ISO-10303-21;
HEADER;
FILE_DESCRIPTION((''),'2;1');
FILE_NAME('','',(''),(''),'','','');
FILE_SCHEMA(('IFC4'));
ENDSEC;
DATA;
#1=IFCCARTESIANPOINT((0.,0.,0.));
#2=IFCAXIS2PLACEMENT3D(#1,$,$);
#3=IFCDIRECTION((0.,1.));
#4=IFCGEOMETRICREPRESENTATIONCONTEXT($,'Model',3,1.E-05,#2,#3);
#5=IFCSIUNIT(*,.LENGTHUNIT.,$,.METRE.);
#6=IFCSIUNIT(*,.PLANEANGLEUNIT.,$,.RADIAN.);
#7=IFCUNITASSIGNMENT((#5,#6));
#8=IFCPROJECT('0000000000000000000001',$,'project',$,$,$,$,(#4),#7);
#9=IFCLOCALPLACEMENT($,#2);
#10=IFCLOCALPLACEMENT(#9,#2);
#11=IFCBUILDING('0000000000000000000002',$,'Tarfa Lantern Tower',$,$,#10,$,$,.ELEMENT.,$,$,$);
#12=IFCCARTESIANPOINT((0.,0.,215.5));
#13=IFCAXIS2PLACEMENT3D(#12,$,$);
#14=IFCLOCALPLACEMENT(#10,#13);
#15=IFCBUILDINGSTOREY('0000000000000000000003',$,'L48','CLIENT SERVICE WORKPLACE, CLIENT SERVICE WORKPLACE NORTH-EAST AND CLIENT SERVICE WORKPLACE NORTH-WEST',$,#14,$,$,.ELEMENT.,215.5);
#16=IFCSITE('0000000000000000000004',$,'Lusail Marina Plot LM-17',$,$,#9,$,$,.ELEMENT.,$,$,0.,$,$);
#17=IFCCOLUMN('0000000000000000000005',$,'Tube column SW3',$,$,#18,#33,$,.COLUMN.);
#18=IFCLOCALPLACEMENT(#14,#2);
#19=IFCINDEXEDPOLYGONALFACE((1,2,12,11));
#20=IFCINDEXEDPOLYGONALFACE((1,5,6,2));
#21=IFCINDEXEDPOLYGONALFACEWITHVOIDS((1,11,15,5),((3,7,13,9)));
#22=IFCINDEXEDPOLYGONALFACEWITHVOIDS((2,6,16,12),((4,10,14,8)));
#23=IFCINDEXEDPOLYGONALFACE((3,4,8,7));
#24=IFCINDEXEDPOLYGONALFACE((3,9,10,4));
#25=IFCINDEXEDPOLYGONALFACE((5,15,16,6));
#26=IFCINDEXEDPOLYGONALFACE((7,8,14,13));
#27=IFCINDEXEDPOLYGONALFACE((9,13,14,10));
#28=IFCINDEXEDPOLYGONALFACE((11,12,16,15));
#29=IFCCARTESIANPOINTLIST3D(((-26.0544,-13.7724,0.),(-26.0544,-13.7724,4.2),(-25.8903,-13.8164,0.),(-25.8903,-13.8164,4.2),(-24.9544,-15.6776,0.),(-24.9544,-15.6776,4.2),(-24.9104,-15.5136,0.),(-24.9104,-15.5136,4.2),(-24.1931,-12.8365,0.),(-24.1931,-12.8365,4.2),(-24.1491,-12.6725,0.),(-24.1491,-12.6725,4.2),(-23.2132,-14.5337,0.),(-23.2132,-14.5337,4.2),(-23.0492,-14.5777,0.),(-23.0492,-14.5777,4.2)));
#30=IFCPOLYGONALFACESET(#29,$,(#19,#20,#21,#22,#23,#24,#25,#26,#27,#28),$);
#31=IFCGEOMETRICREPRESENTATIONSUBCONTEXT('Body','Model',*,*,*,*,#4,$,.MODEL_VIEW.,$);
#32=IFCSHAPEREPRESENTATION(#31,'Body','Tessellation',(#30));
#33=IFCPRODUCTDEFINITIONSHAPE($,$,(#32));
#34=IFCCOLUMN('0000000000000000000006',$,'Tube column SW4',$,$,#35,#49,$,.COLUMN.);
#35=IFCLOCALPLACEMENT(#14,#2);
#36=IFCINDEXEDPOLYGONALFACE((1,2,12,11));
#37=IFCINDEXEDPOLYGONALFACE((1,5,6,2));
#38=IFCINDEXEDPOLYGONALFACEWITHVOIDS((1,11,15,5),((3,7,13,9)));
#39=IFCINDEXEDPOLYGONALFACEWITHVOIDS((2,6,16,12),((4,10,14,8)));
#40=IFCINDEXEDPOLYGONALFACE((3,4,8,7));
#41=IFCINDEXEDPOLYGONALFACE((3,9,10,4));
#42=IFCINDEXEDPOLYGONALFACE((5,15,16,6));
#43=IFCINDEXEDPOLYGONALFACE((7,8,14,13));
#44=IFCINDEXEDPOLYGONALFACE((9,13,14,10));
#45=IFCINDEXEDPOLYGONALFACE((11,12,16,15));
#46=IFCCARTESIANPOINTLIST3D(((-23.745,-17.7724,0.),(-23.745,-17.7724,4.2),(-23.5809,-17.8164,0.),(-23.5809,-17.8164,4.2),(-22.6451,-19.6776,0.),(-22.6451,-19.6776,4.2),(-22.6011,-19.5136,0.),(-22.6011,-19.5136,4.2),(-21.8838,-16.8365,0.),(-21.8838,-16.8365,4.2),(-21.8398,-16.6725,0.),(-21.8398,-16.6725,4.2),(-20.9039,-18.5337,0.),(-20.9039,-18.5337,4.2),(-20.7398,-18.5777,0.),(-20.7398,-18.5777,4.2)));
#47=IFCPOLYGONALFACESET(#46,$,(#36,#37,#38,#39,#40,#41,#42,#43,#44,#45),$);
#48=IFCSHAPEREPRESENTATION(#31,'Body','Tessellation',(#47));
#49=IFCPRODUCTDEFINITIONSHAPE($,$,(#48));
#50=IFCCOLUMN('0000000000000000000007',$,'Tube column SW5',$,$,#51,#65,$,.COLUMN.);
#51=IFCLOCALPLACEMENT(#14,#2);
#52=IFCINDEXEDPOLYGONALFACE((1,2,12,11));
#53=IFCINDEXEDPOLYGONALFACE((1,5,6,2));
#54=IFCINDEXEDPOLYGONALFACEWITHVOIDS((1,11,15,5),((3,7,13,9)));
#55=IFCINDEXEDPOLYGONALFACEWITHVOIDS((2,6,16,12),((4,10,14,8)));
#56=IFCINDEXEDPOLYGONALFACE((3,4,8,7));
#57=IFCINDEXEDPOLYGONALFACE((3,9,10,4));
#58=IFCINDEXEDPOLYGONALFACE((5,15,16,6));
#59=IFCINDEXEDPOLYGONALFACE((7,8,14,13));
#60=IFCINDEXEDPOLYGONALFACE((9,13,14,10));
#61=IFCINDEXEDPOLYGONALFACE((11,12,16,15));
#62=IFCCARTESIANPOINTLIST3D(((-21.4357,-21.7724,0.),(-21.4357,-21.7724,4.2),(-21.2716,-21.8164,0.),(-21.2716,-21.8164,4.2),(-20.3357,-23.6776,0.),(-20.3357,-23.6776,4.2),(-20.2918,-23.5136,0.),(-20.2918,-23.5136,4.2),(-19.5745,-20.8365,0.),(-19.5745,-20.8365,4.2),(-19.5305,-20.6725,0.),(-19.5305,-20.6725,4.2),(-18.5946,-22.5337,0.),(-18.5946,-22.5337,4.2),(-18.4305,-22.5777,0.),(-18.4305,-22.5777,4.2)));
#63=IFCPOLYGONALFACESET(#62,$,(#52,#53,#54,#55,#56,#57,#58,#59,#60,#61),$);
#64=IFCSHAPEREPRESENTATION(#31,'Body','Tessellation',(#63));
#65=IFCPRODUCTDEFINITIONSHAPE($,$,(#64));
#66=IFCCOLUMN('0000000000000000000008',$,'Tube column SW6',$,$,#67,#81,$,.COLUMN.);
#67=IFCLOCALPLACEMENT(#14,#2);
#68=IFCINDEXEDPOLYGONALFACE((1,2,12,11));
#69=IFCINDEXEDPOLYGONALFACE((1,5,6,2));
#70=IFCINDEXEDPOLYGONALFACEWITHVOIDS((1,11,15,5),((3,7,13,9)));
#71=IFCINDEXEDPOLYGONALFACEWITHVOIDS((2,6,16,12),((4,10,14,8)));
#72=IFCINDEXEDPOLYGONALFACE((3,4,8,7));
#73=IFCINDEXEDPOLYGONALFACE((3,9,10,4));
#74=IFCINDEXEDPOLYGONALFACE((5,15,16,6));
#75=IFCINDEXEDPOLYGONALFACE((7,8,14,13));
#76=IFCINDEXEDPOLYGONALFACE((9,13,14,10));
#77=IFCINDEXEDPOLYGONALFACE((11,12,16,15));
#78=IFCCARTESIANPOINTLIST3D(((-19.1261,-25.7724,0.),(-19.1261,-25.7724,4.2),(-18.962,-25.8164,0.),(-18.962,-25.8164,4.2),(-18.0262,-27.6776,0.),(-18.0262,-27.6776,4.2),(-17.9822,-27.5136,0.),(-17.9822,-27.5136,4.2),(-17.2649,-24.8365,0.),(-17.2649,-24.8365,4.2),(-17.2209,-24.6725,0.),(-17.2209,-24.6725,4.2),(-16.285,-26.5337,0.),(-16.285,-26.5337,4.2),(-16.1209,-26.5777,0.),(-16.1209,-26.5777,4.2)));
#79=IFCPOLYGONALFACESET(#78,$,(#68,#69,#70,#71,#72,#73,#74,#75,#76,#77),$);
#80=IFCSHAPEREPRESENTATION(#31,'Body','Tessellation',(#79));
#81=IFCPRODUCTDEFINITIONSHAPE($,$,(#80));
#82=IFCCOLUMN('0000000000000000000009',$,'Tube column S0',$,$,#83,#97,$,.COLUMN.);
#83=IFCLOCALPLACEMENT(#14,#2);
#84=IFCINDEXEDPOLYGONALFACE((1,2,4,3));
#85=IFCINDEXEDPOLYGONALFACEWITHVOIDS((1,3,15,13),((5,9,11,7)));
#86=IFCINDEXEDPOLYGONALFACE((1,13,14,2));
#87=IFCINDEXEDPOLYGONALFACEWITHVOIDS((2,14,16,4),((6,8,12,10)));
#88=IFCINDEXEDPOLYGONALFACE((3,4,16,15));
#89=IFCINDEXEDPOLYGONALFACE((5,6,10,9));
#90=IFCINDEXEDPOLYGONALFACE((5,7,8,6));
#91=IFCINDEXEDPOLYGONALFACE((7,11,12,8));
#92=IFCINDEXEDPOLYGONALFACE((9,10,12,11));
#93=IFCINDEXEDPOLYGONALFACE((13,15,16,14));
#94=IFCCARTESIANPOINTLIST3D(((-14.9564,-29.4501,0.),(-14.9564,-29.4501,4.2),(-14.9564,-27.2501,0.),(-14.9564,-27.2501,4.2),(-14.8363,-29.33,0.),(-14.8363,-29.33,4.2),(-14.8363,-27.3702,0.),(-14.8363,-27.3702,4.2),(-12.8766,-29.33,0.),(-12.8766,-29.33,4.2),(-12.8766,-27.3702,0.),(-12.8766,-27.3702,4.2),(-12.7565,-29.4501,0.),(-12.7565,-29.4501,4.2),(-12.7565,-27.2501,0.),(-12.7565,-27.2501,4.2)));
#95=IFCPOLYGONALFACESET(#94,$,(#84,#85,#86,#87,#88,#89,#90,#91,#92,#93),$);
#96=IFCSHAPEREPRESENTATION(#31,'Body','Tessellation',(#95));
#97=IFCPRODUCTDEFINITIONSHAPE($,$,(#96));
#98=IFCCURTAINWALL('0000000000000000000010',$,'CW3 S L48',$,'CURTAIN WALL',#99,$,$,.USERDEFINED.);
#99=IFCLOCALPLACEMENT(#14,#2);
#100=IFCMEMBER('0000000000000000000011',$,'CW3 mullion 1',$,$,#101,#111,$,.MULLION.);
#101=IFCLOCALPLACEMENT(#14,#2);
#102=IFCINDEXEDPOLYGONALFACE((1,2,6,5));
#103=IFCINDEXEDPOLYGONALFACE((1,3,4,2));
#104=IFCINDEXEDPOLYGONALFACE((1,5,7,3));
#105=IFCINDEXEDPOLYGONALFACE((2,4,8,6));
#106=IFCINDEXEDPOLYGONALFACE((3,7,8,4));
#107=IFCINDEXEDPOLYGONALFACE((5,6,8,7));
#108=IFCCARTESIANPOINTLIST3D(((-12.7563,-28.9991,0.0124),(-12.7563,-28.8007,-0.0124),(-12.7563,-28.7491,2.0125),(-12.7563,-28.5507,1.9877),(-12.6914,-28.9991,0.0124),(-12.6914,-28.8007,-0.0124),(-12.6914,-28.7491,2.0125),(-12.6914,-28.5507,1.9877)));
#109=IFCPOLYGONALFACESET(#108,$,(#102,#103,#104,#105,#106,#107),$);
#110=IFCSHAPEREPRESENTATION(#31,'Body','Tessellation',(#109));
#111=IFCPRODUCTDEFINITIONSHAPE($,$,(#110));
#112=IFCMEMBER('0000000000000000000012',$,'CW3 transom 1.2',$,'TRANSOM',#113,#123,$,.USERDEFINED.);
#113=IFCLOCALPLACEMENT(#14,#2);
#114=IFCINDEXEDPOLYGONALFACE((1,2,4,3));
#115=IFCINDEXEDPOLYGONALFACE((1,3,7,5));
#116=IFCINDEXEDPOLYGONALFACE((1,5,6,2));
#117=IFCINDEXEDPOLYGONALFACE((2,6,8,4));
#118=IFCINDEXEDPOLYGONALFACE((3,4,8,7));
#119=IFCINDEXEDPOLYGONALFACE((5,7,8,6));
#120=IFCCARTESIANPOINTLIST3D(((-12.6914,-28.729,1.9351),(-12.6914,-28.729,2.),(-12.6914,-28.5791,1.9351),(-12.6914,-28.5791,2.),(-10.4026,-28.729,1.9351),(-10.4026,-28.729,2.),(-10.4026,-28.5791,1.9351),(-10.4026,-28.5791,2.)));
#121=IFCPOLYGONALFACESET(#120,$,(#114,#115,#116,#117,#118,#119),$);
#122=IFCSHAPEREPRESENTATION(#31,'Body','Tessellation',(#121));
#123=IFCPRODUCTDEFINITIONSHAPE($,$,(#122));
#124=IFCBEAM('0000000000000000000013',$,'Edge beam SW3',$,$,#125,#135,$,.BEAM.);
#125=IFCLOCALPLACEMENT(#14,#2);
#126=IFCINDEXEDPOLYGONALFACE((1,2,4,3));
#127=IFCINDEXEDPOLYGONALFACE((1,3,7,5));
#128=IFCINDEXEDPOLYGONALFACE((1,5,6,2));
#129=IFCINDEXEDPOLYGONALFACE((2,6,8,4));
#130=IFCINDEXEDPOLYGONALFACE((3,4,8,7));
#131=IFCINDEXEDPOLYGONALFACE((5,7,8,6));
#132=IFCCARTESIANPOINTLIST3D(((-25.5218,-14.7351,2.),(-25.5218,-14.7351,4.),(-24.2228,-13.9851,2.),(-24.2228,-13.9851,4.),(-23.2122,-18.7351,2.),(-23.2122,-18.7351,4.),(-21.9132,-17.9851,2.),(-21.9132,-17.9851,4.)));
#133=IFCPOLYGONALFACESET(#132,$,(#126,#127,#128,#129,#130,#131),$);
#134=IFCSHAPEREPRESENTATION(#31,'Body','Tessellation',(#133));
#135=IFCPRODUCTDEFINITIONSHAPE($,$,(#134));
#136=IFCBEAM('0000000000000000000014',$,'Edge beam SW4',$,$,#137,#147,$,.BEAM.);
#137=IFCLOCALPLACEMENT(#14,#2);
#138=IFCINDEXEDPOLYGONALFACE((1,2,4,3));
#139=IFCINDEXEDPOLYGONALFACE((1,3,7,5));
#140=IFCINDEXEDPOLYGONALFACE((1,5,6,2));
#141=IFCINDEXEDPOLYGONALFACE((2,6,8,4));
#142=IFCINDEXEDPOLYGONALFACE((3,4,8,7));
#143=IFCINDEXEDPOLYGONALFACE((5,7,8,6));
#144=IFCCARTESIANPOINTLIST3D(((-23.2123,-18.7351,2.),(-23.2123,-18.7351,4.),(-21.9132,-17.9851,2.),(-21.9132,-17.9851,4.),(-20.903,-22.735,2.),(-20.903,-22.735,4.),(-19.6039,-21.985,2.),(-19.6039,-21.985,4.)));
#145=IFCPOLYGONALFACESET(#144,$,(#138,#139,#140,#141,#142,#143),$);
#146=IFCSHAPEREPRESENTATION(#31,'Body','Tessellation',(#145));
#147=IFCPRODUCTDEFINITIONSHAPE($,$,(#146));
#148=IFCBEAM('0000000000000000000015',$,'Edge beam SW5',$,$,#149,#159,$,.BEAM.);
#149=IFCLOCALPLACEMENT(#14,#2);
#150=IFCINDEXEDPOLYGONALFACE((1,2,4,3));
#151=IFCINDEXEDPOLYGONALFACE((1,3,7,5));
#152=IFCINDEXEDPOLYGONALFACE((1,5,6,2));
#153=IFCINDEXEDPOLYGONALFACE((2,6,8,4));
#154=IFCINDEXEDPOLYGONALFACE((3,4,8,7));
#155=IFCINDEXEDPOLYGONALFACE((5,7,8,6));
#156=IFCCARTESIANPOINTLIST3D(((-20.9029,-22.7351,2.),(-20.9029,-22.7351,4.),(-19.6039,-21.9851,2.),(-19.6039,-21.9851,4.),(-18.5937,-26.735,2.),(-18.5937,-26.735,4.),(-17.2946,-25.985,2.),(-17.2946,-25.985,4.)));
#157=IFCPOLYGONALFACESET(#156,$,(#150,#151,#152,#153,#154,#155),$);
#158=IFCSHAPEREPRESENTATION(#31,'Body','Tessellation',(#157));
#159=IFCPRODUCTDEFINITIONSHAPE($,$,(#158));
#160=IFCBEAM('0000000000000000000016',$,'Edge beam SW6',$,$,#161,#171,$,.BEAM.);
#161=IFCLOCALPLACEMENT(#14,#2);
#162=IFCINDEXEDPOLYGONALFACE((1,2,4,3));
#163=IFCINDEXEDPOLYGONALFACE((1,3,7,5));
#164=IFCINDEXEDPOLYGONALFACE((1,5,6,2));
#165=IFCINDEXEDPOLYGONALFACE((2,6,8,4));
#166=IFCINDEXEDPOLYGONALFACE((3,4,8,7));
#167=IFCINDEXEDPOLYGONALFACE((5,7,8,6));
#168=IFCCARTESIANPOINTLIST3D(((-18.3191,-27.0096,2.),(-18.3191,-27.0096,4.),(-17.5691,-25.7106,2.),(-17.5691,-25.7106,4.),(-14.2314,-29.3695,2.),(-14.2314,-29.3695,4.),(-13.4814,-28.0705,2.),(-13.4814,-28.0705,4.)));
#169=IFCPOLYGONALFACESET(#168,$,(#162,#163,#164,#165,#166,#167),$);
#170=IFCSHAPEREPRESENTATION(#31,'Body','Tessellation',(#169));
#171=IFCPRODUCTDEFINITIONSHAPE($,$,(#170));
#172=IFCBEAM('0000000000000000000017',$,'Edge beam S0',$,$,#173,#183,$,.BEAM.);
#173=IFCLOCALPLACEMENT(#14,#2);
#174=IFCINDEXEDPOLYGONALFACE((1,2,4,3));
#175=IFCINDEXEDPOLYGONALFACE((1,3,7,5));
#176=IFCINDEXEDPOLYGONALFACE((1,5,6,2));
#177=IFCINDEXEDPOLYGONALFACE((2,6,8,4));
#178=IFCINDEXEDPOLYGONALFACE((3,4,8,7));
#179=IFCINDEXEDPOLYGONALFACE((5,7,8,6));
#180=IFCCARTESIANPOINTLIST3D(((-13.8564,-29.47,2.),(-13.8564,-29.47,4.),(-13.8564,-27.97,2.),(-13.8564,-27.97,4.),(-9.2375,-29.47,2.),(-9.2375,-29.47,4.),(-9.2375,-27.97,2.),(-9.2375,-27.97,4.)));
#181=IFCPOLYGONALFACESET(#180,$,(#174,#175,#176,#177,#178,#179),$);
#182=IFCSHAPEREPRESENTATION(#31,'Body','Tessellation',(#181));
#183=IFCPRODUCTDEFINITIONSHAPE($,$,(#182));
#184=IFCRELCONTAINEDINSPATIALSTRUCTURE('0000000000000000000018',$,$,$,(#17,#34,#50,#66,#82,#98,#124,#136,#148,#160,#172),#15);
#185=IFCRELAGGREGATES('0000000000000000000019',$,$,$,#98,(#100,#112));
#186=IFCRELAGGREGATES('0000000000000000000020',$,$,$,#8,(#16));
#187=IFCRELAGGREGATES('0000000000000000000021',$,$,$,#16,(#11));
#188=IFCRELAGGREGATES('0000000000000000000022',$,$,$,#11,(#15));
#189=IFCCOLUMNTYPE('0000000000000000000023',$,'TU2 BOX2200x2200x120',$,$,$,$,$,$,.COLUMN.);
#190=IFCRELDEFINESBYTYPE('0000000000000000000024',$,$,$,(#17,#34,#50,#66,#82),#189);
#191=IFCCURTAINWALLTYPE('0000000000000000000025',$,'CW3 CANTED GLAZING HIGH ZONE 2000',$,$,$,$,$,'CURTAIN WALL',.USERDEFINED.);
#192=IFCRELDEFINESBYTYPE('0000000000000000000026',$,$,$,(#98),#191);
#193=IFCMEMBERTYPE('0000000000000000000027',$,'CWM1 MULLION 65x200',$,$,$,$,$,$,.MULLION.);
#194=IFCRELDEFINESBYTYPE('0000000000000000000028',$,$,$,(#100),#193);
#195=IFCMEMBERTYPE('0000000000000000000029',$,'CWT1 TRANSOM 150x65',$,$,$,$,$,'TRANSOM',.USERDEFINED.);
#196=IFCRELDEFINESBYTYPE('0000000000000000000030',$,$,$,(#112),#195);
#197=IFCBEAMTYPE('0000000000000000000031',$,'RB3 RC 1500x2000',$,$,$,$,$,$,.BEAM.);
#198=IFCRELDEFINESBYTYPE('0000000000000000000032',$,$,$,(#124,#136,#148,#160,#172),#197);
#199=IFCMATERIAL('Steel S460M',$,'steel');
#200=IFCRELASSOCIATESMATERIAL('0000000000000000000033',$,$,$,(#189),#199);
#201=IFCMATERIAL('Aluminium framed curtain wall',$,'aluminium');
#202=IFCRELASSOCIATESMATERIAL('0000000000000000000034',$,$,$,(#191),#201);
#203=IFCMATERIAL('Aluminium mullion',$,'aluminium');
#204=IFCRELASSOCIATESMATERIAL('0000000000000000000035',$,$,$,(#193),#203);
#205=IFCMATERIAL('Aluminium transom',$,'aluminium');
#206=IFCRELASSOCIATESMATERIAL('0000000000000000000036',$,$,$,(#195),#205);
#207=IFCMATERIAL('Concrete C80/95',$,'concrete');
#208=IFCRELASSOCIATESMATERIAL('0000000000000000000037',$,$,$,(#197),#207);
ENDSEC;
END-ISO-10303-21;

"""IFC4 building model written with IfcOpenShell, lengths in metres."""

from ifc_helpers import new_model, si_unit, direction, frame, origin, origin_2d, place, context, subcontext, project, spatial, rectangle, hollow_rectangle, extrude, material, material_profile, profile_set, type_object, element, aggregate, save


model = new_model("IFC4")

# Units and contexts
model_context = context("Model", 3, precision=1e-05, world=origin(), true_north=direction((0.0, 1.0)))
body_context = subcontext(model_context, "Body", "Model", "MODEL_VIEW")
ifc_project = project(units=[si_unit("LENGTHUNIT", "METRE"), si_unit("PLANEANGLEUNIT", "RADIAN")], contexts=[model_context])

# Site, building, storey
site_placement = place(None, origin())
site = spatial("IfcSite", under=ifc_project, at=site_placement, Name="Lusail Marina Plot LM-17", CompositionType="ELEMENT", RefElevation=0.0)
building_placement = place(site_placement, origin())
building = spatial("IfcBuilding", under=site, at=building_placement, Name="Tarfa Lantern Tower", CompositionType="ELEMENT")
storey_placement = place(building_placement, frame((0.0, 0.0, 215.5)))
storey = spatial("IfcBuildingStorey", under=building, at=storey_placement, Name="L48", Description="CLIENT SERVICE WORKPLACE, CLIENT SERVICE WORKPLACE NORTH-EAST AND CLIENT SERVICE WORKPLACE NORTH-WEST", CompositionType="ELEMENT", Elevation=215.5)

# Columns
ifc_material_1 = material(Name="Steel S460M", Category="steel")
ifc_material_profile_1 = material_profile(ifc_material_1, hollow_rectangle(XDim=2.2, YDim=2.2, WallThickness=0.1201, at=origin_2d()), Name="BOX2200x2200x120")
ifc_profile_set_1 = profile_set([ifc_material_profile_1], Name="Steel S460M")
column_type = type_object("IfcColumnType", Name="TU2 BOX2200x2200x120", PredefinedType="COLUMN", material=ifc_profile_set_1)
for number, where, z_axis, x_axis, name in (
    (1, (-24.5518, -14.175, 0.0), (0.0, 0.0, 1.0), (0.5, -0.866025, 0.0), "Tube column SW3"),
    (2, (-22.2424, -18.175, 0.0), (0.0, 0.0, 1.0), (0.5, -0.866025, 0.0), "Tube column SW4"),
    (3, (-19.9331, -22.175, 0.0), (0.0, 0.0, 1.0), (0.5, -0.866025, 0.0), "Tube column SW5"),
    (4, (-17.6235, -26.175, 0.0), (0.0, 0.0, 1.0), (0.5, -0.866025, 0.0), "Tube column SW6"),
    (5, (-13.8564, -28.3501, 0.0), (0.0, 0.0, 1.0), (1.0, 0.0, 0.0), "Tube column S0"),
):
    element("IfcColumn", number, at=place(storey_placement, frame(where, z_axis=z_axis, x_axis=x_axis)), inside=storey, type_object=column_type, Name=name, PredefinedType="COLUMN", context=body_context, shape_type="SweptSolid", body=[
        extrude(hollow_rectangle(XDim=2.2, YDim=2.2, WallThickness=0.1201, at=origin_2d()), origin(), (0.0, 0.0, 1.0), 4.2),
    ])

# Curtain wall, members
ifc_material_2 = material(Name="Aluminium framed curtain wall", Category="aluminium")
curtain_wall_type = type_object("IfcCurtainWallType", Name="CW3 CANTED GLAZING HIGH ZONE 2000", ElementType="CURTAIN WALL", PredefinedType="USERDEFINED", material=ifc_material_2)
curtain_wall_placement = place(storey_placement, origin())
curtain_wall = element("IfcCurtainWall", 6, at=curtain_wall_placement, inside=storey, type_object=curtain_wall_type, Name="CW3 S L48", ObjectType="CURTAIN WALL", PredefinedType="USERDEFINED")
ifc_material_3 = material(Name="Aluminium mullion", Category="aluminium")
ifc_material_profile_2 = material_profile(ifc_material_3, rectangle(XDim=0.0649, YDim=0.2, at=origin_2d()), Name="AL MULLION 65x200")
ifc_profile_set_2 = profile_set([ifc_material_profile_2], Name="Aluminium mullion")
member_type_1 = type_object("IfcMemberType", Name="CWM1 MULLION 65x200", PredefinedType="MULLION", material=ifc_profile_set_2)
member_1_placement = place(storey_placement, frame((-12.7239, -28.8999, 0.0), z_axis=(0.0, 0.124035, 0.992278), x_axis=(-1.0, 0.0, 0.0)))
member_1 = element("IfcMember", 7, at=member_1_placement, type_object=member_type_1, Name="CW3 mullion 1", PredefinedType="MULLION", context=body_context, shape_type="SweptSolid", body=[
    extrude(rectangle(XDim=0.0649, YDim=0.2, at=origin_2d()), origin(), (0.0, 0.0, 1.0), 2.0156),
])
ifc_material_4 = material(Name="Aluminium transom", Category="aluminium")
ifc_material_profile_3 = material_profile(ifc_material_4, rectangle(XDim=0.1499, YDim=0.0649, at=origin_2d()), Name="AL TRANSOM 150x65")
ifc_profile_set_3 = profile_set([ifc_material_profile_3], Name="Aluminium transom")
member_type_2 = type_object("IfcMemberType", Name="CWT1 TRANSOM 150x65", ElementType="TRANSOM", PredefinedType="USERDEFINED", material=ifc_profile_set_3)
member_2_placement = place(storey_placement, frame((-12.6914, -28.6541, 1.9675), z_axis=(1.0, 0.0, 0.0), x_axis=(0.0, 1.0, 0.0)))
member_2 = element("IfcMember", 8, at=member_2_placement, type_object=member_type_2, Name="CW3 transom 1.2", ObjectType="TRANSOM", PredefinedType="USERDEFINED", context=body_context, shape_type="SweptSolid", body=[
    extrude(rectangle(XDim=0.1499, YDim=0.0649, at=origin_2d()), origin(), (0.0, 0.0, 1.0), 2.2888),
])

# Beams
ifc_material_5 = material(Name="Concrete C80/95", Category="concrete")
ifc_material_profile_4 = material_profile(ifc_material_5, rectangle(XDim=1.5, YDim=2.0, at=origin_2d()), Name="RC 1500x2000")
ifc_profile_set_4 = profile_set([ifc_material_profile_4], Name="Concrete C80/95")
beam_type_1 = type_object("IfcBeamType", Name="RB3 RC 1500x2000", PredefinedType="BEAM", material=ifc_profile_set_4)
beam_1_placement = place(storey_placement, frame((-24.8723, -14.3601, 3.0), z_axis=(0.500027, -0.86601, 0.0), x_axis=(0.86601, 0.500027, 0.0)))
element("IfcBeam", 9, at=beam_1_placement, inside=storey, type_object=beam_type_1, Name="Edge beam SW3", PredefinedType="BEAM", context=body_context, shape_type="SweptSolid", body=[
    extrude(rectangle(XDim=1.5, YDim=2.0, at=origin_2d()), origin(), (0.0, 0.0, 1.0), 4.6189),
])
for number, where, z_axis, x_axis, name in (
    (10, (-22.5627, -18.3601, 3.0), (0.499988, -0.866032, 0.0), (0.866032, 0.499988, 0.0), "Edge beam SW4"),
    (11, (-20.2534, -22.3601, 3.0), (0.499988, -0.866032, 0.0), (0.866032, 0.499988, 0.0), "Edge beam SW5"),
):
    element("IfcBeam", number, at=place(storey_placement, frame(where, z_axis=z_axis, x_axis=x_axis)), inside=storey, type_object=beam_type_1, Name=name, PredefinedType="BEAM", context=body_context, shape_type="SweptSolid", body=[
        extrude(rectangle(XDim=1.5, YDim=2.0, at=origin_2d()), origin(), (0.0, 0.0, 1.0), 4.6187),
    ])
beam_2_placement = place(storey_placement, frame((-17.9441, -26.3601, 3.0), z_axis=(0.866038, -0.499978, 0.0), x_axis=(0.499978, 0.866038, 0.0)))
element("IfcBeam", 12, at=beam_2_placement, inside=storey, type_object=beam_type_1, Name="Edge beam SW6", PredefinedType="BEAM", context=body_context, shape_type="SweptSolid", body=[
    extrude(rectangle(XDim=1.5, YDim=2.0, at=origin_2d()), origin(), (0.0, 0.0, 1.0), 4.72),
])
beam_3_placement = place(storey_placement, frame((-13.8564, -28.72, 3.0), z_axis=(1.0, 0.0, 0.0), x_axis=(0.0, 1.0, 0.0)))
element("IfcBeam", 13, at=beam_3_placement, inside=storey, type_object=beam_type_1, Name="Edge beam S0", PredefinedType="BEAM", context=body_context, shape_type="SweptSolid", body=[
    extrude(rectangle(XDim=1.5, YDim=2.0, at=origin_2d()), origin(), (0.0, 0.0, 1.0), 4.6189),
])

aggregate(curtain_wall, [member_1, member_2])

save(model, "model.ifc")
